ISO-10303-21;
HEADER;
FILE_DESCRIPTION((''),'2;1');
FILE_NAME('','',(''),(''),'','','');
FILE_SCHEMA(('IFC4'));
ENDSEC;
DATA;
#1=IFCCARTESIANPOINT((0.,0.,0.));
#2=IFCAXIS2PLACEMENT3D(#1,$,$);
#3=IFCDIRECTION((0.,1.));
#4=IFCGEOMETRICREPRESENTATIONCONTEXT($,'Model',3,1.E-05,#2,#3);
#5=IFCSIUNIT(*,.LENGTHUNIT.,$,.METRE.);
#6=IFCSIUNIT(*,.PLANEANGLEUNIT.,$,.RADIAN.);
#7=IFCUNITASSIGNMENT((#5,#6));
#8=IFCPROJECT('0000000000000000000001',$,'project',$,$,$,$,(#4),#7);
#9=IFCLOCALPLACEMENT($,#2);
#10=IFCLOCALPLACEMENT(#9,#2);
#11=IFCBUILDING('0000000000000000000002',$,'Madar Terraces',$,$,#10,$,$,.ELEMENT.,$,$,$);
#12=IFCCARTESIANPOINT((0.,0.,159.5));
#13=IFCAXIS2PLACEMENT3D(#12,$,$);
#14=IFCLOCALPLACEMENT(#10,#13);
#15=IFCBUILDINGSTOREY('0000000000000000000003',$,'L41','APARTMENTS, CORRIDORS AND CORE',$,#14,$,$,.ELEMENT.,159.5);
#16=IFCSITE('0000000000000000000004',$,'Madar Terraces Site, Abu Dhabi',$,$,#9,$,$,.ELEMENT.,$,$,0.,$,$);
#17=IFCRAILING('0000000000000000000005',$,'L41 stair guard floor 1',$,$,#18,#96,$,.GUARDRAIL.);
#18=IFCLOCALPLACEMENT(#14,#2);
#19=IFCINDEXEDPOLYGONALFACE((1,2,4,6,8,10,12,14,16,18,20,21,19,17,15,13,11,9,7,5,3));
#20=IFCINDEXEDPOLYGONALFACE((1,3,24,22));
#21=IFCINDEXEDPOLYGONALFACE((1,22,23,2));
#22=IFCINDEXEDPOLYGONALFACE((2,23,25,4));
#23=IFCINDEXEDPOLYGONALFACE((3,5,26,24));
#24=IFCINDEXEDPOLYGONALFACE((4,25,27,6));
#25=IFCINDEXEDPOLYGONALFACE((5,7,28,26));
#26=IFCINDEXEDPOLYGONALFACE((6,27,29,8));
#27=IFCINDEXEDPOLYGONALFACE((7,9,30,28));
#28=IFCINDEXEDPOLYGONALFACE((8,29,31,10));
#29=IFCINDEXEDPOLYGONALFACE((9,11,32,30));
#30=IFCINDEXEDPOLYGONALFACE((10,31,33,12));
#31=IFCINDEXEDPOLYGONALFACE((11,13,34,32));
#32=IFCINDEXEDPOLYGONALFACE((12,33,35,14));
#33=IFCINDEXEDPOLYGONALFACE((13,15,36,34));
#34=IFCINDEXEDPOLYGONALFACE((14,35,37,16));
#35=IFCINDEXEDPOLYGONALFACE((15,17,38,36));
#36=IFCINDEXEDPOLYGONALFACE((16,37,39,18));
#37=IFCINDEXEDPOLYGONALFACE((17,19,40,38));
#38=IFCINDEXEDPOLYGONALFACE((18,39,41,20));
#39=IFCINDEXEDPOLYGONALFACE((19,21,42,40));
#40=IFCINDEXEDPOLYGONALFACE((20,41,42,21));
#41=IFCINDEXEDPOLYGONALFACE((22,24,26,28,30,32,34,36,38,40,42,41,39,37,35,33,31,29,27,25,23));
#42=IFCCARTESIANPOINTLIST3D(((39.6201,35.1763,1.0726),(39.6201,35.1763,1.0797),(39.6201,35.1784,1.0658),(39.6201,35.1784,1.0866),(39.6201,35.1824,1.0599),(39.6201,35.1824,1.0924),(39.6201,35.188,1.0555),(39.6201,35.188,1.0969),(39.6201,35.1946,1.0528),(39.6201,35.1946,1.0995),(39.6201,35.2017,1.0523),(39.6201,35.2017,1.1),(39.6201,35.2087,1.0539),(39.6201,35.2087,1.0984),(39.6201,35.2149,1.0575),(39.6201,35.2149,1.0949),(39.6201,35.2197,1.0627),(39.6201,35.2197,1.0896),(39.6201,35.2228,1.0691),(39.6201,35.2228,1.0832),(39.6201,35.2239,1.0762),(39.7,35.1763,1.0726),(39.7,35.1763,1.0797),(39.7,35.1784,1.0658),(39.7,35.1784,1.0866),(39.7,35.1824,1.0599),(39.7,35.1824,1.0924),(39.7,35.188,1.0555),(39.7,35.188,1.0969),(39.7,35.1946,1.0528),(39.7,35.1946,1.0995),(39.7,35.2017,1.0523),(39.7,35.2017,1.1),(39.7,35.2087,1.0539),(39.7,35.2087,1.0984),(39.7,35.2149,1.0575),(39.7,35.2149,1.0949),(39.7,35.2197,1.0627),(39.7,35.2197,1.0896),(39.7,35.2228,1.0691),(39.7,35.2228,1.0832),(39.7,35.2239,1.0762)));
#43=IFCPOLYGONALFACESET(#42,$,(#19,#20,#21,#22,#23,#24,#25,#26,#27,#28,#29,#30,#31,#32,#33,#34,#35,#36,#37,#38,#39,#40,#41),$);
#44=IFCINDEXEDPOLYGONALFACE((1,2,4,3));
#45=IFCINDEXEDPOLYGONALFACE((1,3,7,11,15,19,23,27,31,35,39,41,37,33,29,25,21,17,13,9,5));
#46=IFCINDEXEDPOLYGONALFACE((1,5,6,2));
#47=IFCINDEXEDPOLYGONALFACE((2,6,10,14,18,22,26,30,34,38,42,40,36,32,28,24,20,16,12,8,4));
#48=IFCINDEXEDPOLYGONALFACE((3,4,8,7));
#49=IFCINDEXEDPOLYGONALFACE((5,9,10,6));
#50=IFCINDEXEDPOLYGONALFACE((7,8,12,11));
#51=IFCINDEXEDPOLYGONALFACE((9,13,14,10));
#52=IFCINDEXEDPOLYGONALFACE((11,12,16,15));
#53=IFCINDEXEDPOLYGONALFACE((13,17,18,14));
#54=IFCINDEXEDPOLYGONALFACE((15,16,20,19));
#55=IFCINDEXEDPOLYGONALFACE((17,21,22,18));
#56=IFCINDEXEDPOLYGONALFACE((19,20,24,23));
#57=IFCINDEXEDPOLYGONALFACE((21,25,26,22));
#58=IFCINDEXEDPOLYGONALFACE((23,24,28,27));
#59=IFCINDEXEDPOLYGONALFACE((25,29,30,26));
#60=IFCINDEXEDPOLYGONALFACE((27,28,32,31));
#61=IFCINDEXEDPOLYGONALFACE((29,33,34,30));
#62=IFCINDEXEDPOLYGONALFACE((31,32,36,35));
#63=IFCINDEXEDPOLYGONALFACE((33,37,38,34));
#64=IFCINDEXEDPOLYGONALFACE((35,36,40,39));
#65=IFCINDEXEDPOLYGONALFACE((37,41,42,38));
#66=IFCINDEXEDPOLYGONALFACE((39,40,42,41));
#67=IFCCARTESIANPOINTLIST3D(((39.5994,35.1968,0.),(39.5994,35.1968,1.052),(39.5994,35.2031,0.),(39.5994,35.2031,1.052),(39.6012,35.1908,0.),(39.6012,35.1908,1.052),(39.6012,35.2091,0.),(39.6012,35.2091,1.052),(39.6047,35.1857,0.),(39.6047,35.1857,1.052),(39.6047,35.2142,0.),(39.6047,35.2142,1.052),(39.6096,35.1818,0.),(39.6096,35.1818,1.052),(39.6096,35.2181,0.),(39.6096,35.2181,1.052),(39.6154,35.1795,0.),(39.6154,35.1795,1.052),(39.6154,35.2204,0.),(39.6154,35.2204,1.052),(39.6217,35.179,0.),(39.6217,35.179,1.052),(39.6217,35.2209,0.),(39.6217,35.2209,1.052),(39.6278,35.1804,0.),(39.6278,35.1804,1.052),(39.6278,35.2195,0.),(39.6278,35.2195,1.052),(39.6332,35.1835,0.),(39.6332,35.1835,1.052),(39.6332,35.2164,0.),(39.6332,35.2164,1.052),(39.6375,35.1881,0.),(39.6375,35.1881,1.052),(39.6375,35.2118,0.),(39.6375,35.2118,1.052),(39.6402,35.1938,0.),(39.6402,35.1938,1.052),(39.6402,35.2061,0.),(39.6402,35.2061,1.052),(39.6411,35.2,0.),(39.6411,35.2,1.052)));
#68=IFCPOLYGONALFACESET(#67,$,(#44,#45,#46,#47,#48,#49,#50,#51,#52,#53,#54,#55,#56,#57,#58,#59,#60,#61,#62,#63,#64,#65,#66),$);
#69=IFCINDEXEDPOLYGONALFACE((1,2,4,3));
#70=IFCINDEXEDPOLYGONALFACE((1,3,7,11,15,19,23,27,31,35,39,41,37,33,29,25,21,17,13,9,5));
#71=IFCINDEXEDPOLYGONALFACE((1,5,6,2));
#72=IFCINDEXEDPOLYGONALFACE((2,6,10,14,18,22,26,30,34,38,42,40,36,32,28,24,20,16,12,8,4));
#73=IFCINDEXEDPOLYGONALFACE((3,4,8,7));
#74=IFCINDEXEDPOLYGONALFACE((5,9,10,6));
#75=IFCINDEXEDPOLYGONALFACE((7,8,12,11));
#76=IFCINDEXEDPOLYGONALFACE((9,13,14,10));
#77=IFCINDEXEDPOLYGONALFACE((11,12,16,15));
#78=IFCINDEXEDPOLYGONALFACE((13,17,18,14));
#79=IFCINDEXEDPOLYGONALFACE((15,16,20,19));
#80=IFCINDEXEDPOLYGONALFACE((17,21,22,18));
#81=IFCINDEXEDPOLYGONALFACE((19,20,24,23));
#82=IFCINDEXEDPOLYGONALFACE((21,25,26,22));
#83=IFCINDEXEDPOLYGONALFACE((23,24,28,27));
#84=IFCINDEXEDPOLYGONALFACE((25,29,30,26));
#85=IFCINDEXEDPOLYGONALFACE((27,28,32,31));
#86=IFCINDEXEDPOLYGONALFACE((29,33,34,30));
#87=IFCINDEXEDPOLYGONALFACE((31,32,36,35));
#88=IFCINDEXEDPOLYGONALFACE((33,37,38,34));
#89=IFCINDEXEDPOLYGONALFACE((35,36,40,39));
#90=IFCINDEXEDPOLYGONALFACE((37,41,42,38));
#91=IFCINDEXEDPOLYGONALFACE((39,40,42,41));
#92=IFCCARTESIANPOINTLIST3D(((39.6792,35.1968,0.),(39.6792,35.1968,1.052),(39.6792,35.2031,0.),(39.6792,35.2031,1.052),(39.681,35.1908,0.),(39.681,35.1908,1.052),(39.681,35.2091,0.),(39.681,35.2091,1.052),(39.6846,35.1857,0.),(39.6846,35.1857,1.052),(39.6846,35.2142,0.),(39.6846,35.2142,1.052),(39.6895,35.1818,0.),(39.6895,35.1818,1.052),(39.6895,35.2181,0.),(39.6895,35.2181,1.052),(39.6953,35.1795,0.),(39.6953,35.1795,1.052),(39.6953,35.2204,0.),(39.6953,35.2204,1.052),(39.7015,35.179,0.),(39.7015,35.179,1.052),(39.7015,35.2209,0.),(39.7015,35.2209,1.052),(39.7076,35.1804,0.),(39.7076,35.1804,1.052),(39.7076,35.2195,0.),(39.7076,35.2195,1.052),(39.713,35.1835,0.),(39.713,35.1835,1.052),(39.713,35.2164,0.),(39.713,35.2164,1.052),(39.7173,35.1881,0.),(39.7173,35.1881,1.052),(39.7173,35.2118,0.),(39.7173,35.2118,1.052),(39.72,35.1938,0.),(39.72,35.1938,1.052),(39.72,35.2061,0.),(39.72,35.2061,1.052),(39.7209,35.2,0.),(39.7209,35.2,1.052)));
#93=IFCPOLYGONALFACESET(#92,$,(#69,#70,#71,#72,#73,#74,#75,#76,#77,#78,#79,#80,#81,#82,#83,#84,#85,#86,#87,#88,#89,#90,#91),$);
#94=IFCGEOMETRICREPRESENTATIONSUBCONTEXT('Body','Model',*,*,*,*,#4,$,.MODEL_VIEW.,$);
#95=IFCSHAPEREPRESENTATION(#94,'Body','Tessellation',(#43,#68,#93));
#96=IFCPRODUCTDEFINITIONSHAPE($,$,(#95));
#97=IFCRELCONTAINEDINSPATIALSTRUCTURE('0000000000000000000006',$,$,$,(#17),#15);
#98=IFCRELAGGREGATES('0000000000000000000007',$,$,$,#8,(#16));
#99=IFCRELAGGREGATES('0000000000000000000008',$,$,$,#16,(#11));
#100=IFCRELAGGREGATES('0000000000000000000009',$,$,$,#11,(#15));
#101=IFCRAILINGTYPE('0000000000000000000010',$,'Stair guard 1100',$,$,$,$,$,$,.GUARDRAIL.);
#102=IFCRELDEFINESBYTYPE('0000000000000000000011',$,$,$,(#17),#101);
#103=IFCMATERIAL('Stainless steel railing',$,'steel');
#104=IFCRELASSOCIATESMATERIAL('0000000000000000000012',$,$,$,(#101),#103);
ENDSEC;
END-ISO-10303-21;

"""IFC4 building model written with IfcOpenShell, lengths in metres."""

from ifc_helpers import new_model, si_unit, direction, frame, origin, origin_2d, place, context, subcontext, project, spatial, circle, extrude, material, type_object, element, save


model = new_model("IFC4")

# Units and contexts
model_context = context("Model", 3, precision=1e-05, world=origin(), true_north=direction((0.0, 1.0)))
body_context = subcontext(model_context, "Body", "Model", "MODEL_VIEW")
ifc_project = project(units=[si_unit("LENGTHUNIT", "METRE"), si_unit("PLANEANGLEUNIT", "RADIAN")], contexts=[model_context])

# Site, building, storey
site_placement = place(None, origin())
site = spatial("IfcSite", under=ifc_project, at=site_placement, Name="Madar Terraces Site, Abu Dhabi", CompositionType="ELEMENT", RefElevation=0.0)
building_placement = place(site_placement, origin())
building = spatial("IfcBuilding", under=site, at=building_placement, Name="Madar Terraces", CompositionType="ELEMENT")
storey_placement = place(building_placement, frame((0.0, 0.0, 159.5)))
storey = spatial("IfcBuildingStorey", under=building, at=storey_placement, Name="L41", Description="APARTMENTS, CORRIDORS AND CORE", CompositionType="ELEMENT", Elevation=159.5)

# Railing
ifc_material_1 = material(Name="Stainless steel railing", Category="steel")
railing_type_1 = type_object("IfcRailingType", Name="Stair guard 1100", PredefinedType="GUARDRAIL", material=ifc_material_1)
railing_1_placement = place(storey_placement, frame((39.6201, 35.2, 0.0)))
element("IfcRailing", 1, at=railing_1_placement, inside=storey, type_object=railing_type_1, Name="L41 stair guard floor 1", PredefinedType="GUARDRAIL", context=body_context, shape_type="SweptSolid", body=[
    extrude(circle(Radius=0.0239, at=origin_2d()), frame((0.0, 0.0, 1.0762), z_axis=(1.0, 0.0, 0.0), x_axis=(0.0, 1.0, 0.0)), (0.0, 0.0, 1.0), 0.0798),
    extrude(circle(Radius=0.021, at=origin_2d()), origin(), (0.0, 0.0, 1.0), 1.052),
    extrude(circle(Radius=0.021, at=origin_2d()), frame((0.0798, 0.0, 0.0)), (0.0, 0.0, 1.0), 1.052),
])

save(model, "model.ifc")
